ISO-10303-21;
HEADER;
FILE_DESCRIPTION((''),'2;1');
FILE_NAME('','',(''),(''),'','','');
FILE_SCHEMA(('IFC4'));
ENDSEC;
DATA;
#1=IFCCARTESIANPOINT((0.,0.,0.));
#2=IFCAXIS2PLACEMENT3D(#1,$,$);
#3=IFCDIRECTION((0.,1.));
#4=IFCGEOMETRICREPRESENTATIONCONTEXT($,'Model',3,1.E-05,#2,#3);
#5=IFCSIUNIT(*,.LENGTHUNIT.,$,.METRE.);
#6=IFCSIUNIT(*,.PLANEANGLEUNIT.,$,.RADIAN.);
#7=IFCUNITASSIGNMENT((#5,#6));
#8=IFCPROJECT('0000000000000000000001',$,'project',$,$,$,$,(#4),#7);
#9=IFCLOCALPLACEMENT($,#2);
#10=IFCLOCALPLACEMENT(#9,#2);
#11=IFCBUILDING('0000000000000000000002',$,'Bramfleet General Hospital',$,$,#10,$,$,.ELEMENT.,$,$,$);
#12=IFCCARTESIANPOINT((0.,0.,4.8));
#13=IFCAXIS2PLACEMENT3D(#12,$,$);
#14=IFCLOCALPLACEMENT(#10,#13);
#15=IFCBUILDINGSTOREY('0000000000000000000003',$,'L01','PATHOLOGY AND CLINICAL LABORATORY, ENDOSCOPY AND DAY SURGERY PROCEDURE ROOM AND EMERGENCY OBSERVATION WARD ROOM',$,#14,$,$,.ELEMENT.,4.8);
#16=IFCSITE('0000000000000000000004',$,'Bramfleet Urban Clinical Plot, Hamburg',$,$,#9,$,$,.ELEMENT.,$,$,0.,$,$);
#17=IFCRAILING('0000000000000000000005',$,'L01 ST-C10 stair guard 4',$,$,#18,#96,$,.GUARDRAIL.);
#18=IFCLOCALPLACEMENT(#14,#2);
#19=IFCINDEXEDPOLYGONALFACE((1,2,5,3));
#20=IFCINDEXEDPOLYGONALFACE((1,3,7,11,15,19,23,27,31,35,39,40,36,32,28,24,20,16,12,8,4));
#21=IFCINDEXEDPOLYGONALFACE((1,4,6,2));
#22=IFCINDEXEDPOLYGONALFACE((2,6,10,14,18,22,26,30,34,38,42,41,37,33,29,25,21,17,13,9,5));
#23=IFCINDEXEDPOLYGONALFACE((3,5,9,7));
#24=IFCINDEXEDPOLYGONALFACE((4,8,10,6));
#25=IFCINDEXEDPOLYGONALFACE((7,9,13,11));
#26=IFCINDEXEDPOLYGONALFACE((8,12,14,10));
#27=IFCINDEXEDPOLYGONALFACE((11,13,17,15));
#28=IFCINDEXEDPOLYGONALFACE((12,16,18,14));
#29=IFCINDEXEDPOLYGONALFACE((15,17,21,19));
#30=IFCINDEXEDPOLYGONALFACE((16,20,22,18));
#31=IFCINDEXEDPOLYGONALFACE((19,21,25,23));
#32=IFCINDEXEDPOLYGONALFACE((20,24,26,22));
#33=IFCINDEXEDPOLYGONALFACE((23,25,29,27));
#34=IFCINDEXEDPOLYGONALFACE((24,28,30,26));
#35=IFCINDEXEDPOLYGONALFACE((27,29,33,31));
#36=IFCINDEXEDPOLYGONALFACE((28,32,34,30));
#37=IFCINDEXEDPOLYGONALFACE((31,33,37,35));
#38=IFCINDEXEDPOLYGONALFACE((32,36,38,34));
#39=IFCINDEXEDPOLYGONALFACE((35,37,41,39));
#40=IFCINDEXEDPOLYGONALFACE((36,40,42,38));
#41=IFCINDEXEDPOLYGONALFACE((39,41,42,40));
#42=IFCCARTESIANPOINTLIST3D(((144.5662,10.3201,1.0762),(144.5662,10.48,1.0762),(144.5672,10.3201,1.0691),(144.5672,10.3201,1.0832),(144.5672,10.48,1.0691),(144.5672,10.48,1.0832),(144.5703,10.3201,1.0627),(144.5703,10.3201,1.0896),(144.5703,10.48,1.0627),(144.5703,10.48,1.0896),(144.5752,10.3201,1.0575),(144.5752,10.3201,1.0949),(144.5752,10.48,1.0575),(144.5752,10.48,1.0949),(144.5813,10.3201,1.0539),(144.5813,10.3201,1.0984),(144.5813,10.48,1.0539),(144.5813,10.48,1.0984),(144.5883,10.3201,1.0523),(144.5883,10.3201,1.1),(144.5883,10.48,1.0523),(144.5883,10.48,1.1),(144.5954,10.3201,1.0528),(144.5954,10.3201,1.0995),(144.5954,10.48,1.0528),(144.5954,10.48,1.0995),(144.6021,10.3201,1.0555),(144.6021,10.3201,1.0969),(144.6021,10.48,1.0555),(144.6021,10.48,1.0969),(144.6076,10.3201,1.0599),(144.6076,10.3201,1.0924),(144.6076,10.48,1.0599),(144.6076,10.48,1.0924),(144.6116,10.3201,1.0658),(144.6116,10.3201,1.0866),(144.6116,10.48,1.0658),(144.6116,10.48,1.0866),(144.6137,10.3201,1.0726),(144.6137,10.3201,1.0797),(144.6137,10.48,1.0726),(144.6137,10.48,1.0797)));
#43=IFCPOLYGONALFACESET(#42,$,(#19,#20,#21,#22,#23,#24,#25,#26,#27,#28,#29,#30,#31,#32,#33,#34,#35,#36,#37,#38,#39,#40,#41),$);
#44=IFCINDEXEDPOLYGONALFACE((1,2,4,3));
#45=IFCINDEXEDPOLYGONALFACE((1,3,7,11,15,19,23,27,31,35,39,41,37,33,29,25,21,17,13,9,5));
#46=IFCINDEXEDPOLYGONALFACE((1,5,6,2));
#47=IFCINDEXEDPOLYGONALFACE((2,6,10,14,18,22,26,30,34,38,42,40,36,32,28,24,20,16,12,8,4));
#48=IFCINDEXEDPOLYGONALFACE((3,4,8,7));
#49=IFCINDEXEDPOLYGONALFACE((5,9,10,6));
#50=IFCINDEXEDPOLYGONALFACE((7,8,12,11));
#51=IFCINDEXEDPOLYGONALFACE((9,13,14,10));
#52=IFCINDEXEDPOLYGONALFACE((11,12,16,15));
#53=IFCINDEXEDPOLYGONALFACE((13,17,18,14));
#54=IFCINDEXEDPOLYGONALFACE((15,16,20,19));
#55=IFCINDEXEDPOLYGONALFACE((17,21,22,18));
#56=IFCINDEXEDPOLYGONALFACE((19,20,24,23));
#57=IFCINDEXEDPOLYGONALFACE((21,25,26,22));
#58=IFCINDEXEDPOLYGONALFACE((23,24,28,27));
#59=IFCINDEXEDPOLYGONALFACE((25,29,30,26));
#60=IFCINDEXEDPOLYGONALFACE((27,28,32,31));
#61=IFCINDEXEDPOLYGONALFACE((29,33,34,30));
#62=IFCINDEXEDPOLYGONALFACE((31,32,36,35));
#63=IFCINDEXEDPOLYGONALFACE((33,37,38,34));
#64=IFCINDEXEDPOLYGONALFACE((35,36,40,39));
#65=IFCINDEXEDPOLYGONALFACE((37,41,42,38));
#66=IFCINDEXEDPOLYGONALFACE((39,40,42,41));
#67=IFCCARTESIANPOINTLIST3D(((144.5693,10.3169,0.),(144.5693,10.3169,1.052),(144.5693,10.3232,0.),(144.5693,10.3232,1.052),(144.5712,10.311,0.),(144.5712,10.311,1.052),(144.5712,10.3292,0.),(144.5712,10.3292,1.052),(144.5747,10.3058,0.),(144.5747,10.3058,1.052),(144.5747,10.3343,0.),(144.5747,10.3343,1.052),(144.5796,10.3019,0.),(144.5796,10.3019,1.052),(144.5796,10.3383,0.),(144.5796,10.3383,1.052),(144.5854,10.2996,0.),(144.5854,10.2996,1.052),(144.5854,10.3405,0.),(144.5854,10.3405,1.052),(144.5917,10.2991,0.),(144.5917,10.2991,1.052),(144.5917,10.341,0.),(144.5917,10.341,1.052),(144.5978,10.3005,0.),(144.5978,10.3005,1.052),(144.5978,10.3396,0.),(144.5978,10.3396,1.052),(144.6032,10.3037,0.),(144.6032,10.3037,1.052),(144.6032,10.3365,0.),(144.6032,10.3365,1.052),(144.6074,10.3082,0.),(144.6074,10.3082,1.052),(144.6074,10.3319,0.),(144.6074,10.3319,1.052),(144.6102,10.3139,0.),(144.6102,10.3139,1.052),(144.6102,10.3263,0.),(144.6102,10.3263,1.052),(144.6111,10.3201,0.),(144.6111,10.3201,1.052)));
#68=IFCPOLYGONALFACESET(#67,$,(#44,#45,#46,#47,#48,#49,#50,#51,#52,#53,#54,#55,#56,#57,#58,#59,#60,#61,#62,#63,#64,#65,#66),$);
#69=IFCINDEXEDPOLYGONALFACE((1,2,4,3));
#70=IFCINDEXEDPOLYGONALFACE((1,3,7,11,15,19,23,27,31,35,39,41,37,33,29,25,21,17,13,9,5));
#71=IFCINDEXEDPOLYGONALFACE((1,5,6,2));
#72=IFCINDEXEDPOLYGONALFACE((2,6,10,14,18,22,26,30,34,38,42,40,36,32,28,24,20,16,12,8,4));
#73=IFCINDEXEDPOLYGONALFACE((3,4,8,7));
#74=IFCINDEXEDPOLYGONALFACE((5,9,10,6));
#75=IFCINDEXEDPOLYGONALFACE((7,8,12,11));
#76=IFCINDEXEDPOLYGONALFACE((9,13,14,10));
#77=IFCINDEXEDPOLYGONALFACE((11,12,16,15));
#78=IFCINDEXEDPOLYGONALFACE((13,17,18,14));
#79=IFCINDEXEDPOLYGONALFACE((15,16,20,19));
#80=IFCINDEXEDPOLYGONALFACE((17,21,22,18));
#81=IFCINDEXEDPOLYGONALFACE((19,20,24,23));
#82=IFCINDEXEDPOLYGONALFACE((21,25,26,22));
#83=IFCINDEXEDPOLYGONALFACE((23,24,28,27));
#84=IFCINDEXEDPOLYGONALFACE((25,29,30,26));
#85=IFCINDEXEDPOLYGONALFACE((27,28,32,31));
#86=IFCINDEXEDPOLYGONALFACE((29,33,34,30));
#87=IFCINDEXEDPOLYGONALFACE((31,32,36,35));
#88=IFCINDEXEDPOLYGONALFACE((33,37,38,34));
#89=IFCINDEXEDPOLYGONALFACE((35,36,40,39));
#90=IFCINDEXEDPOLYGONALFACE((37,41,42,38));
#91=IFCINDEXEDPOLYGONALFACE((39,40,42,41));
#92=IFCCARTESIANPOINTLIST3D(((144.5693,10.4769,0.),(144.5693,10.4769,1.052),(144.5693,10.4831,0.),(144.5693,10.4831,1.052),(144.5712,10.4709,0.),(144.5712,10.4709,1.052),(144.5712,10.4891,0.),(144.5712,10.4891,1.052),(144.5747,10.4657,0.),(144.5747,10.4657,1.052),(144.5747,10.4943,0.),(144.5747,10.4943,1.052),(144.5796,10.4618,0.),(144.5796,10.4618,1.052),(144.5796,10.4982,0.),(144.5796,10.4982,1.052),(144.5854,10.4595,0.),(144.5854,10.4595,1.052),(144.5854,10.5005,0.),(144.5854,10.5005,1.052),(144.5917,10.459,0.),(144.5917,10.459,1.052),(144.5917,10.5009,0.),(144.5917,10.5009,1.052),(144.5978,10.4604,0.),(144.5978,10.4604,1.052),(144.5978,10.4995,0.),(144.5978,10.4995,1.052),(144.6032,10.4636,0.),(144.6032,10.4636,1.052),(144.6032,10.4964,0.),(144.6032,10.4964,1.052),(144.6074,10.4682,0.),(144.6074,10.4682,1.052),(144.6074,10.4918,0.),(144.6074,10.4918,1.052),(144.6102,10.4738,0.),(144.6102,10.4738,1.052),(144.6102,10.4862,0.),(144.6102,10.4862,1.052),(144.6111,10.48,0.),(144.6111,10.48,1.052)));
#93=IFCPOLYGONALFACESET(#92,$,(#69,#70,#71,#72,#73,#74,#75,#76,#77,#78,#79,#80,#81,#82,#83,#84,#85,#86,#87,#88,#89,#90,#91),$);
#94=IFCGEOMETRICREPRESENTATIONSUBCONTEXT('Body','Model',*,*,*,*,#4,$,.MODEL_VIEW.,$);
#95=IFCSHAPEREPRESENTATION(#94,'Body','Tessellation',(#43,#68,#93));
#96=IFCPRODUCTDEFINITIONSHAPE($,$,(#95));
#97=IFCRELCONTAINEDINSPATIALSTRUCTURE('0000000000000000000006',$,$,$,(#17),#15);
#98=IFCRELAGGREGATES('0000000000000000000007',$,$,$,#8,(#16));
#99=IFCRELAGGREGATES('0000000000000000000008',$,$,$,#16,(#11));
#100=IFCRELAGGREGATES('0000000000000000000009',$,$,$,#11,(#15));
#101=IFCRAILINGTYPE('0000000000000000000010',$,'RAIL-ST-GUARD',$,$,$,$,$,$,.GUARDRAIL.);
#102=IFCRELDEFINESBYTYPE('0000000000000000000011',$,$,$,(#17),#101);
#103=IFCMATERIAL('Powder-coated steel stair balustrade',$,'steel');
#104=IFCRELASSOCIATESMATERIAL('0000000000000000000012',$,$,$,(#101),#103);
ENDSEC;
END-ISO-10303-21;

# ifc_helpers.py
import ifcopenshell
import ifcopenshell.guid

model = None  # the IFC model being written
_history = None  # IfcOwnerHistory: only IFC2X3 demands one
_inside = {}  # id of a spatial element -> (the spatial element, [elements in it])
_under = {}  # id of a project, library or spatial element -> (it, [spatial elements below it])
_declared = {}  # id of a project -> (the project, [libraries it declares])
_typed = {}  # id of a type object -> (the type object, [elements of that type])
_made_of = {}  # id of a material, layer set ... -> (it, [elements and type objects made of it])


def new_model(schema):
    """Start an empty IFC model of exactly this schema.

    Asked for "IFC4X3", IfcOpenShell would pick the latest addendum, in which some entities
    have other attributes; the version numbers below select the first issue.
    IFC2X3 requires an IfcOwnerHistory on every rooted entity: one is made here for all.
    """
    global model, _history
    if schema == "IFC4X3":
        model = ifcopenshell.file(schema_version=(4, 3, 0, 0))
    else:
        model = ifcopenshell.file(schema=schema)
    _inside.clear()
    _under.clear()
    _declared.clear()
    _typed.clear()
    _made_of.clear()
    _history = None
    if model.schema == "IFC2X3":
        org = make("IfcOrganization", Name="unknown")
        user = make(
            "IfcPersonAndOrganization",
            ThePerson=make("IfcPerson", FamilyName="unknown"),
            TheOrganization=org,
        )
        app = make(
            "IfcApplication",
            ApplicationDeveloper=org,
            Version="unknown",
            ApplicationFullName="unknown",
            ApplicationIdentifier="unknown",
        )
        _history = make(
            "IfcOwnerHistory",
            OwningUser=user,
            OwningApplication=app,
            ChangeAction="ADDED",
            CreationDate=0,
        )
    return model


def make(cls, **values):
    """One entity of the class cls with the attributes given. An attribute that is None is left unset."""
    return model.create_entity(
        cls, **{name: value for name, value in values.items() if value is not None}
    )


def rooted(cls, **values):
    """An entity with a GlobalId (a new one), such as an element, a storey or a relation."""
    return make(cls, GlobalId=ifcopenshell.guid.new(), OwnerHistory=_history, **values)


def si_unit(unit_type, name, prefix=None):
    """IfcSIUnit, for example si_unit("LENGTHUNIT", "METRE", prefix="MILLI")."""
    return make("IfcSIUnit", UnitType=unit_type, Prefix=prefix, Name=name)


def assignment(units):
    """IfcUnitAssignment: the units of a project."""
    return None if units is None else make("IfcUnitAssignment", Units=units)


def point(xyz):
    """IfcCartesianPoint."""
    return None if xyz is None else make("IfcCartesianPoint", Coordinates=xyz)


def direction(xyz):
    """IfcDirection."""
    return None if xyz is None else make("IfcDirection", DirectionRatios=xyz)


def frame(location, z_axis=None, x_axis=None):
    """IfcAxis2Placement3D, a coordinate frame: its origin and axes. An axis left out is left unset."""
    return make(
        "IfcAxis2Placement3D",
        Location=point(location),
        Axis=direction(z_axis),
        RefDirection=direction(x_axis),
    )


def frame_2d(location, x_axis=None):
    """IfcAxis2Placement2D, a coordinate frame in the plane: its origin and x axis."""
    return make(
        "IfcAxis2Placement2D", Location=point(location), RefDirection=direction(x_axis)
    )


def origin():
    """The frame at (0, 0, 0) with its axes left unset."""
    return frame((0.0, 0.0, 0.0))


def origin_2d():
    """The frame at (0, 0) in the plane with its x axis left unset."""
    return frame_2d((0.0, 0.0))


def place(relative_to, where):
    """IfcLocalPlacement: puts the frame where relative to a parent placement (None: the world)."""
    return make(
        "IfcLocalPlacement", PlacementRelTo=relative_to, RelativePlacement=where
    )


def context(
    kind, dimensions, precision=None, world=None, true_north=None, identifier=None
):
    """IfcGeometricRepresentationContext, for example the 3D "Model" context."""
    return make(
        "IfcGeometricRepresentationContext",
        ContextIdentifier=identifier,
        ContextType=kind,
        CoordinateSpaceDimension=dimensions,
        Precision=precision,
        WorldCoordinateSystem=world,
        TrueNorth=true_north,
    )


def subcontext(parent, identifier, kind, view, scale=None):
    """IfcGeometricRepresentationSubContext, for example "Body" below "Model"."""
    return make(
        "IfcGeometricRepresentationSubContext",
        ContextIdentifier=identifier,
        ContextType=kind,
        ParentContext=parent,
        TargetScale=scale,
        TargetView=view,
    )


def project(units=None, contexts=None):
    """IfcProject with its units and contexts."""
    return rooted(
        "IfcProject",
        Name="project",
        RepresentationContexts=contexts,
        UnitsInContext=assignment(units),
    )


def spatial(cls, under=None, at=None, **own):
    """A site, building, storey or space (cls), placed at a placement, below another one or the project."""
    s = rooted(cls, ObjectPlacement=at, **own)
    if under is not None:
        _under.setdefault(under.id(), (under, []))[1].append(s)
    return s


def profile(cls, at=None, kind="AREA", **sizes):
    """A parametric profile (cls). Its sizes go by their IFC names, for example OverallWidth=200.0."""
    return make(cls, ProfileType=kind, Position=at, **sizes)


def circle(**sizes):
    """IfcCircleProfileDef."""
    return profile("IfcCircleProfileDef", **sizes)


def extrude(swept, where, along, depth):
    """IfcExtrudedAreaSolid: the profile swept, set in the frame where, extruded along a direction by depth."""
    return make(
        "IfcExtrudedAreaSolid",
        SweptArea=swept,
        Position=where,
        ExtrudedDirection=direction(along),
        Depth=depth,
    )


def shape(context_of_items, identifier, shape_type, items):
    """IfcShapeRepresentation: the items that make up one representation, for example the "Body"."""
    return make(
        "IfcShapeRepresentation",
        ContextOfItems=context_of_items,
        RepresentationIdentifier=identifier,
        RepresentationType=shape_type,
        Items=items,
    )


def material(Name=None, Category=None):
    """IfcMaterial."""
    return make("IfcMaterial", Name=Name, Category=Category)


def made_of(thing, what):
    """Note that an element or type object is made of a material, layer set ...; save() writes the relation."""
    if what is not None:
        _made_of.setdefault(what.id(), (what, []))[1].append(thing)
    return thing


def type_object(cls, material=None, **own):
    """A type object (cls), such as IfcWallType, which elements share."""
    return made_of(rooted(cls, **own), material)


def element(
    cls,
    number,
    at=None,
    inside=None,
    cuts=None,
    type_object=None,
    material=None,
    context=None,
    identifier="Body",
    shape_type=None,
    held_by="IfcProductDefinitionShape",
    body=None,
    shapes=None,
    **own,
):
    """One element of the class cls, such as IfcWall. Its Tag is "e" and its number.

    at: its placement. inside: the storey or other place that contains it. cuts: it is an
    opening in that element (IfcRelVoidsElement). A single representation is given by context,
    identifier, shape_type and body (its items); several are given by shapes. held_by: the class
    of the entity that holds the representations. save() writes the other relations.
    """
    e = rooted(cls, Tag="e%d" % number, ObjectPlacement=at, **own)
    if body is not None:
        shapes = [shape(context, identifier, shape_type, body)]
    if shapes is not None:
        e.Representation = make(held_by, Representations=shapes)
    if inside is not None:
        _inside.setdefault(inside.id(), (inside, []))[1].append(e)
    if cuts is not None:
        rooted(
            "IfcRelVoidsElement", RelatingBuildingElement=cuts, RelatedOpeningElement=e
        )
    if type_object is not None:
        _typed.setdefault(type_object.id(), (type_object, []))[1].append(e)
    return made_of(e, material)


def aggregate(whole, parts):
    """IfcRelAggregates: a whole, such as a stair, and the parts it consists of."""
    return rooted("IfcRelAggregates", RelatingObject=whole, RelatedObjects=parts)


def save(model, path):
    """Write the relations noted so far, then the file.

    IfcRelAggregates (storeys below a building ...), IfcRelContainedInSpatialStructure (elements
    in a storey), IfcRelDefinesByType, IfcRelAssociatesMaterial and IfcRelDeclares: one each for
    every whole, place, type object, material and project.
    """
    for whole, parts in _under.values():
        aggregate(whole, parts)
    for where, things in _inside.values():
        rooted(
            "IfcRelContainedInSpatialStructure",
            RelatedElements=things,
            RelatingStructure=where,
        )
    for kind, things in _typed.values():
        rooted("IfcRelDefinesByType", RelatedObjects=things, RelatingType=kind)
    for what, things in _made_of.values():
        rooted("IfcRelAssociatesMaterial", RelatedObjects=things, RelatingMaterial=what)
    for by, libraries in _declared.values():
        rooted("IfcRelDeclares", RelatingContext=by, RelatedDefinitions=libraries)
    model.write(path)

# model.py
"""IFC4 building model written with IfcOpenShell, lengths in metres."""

from ifc_helpers import new_model, si_unit, direction, frame, origin, origin_2d, place, context, subcontext, project, spatial, circle, extrude, material, type_object, element, save


model = new_model("IFC4")

# Units and contexts
model_context = context("Model", 3, precision=1e-05, world=origin(), true_north=direction((0.0, 1.0)))
body_context = subcontext(model_context, "Body", "Model", "MODEL_VIEW")
ifc_project = project(units=[si_unit("LENGTHUNIT", "METRE"), si_unit("PLANEANGLEUNIT", "RADIAN")], contexts=[model_context])

# Site, building, storey
site_placement = place(None, origin())
site = spatial("IfcSite", under=ifc_project, at=site_placement, Name="Bramfleet Urban Clinical Plot, Hamburg", CompositionType="ELEMENT", RefElevation=0.0)
building_placement = place(site_placement, origin())
building = spatial("IfcBuilding", under=site, at=building_placement, Name="Bramfleet General Hospital", CompositionType="ELEMENT")
storey_placement = place(building_placement, frame((0.0, 0.0, 4.8)))
storey = spatial("IfcBuildingStorey", under=building, at=storey_placement, Name="L01", Description="PATHOLOGY AND CLINICAL LABORATORY, ENDOSCOPY AND DAY SURGERY PROCEDURE ROOM AND EMERGENCY OBSERVATION WARD ROOM", CompositionType="ELEMENT", Elevation=4.8)

# Railing
ifc_material_1 = material(Name="Powder-coated steel stair balustrade", Category="steel")
railing_type_1 = type_object("IfcRailingType", Name="RAIL-ST-GUARD", PredefinedType="GUARDRAIL", material=ifc_material_1)
railing_1_placement = place(storey_placement, frame((144.5901, 10.3201, 0.0)))
element("IfcRailing", 1, at=railing_1_placement, inside=storey, type_object=railing_type_1, Name="L01 ST-C10 stair guard 4", PredefinedType="GUARDRAIL", context=body_context, shape_type="SweptSolid", body=[
    extrude(circle(Radius=0.0239, at=origin_2d()), frame((0.0, 0.0, 1.0762), z_axis=(0.0, 1.0, 0.0), x_axis=(-1.0, 0.0, 0.0)), (0.0, 0.0, 1.0), 0.1599),
    extrude(circle(Radius=0.021, at=origin_2d()), origin(), (0.0, 0.0, 1.0), 1.052),
    extrude(circle(Radius=0.021, at=origin_2d()), frame((0.0, 0.1599, 0.0)), (0.0, 0.0, 1.0), 1.052),
])

save(model, "model.ifc")
